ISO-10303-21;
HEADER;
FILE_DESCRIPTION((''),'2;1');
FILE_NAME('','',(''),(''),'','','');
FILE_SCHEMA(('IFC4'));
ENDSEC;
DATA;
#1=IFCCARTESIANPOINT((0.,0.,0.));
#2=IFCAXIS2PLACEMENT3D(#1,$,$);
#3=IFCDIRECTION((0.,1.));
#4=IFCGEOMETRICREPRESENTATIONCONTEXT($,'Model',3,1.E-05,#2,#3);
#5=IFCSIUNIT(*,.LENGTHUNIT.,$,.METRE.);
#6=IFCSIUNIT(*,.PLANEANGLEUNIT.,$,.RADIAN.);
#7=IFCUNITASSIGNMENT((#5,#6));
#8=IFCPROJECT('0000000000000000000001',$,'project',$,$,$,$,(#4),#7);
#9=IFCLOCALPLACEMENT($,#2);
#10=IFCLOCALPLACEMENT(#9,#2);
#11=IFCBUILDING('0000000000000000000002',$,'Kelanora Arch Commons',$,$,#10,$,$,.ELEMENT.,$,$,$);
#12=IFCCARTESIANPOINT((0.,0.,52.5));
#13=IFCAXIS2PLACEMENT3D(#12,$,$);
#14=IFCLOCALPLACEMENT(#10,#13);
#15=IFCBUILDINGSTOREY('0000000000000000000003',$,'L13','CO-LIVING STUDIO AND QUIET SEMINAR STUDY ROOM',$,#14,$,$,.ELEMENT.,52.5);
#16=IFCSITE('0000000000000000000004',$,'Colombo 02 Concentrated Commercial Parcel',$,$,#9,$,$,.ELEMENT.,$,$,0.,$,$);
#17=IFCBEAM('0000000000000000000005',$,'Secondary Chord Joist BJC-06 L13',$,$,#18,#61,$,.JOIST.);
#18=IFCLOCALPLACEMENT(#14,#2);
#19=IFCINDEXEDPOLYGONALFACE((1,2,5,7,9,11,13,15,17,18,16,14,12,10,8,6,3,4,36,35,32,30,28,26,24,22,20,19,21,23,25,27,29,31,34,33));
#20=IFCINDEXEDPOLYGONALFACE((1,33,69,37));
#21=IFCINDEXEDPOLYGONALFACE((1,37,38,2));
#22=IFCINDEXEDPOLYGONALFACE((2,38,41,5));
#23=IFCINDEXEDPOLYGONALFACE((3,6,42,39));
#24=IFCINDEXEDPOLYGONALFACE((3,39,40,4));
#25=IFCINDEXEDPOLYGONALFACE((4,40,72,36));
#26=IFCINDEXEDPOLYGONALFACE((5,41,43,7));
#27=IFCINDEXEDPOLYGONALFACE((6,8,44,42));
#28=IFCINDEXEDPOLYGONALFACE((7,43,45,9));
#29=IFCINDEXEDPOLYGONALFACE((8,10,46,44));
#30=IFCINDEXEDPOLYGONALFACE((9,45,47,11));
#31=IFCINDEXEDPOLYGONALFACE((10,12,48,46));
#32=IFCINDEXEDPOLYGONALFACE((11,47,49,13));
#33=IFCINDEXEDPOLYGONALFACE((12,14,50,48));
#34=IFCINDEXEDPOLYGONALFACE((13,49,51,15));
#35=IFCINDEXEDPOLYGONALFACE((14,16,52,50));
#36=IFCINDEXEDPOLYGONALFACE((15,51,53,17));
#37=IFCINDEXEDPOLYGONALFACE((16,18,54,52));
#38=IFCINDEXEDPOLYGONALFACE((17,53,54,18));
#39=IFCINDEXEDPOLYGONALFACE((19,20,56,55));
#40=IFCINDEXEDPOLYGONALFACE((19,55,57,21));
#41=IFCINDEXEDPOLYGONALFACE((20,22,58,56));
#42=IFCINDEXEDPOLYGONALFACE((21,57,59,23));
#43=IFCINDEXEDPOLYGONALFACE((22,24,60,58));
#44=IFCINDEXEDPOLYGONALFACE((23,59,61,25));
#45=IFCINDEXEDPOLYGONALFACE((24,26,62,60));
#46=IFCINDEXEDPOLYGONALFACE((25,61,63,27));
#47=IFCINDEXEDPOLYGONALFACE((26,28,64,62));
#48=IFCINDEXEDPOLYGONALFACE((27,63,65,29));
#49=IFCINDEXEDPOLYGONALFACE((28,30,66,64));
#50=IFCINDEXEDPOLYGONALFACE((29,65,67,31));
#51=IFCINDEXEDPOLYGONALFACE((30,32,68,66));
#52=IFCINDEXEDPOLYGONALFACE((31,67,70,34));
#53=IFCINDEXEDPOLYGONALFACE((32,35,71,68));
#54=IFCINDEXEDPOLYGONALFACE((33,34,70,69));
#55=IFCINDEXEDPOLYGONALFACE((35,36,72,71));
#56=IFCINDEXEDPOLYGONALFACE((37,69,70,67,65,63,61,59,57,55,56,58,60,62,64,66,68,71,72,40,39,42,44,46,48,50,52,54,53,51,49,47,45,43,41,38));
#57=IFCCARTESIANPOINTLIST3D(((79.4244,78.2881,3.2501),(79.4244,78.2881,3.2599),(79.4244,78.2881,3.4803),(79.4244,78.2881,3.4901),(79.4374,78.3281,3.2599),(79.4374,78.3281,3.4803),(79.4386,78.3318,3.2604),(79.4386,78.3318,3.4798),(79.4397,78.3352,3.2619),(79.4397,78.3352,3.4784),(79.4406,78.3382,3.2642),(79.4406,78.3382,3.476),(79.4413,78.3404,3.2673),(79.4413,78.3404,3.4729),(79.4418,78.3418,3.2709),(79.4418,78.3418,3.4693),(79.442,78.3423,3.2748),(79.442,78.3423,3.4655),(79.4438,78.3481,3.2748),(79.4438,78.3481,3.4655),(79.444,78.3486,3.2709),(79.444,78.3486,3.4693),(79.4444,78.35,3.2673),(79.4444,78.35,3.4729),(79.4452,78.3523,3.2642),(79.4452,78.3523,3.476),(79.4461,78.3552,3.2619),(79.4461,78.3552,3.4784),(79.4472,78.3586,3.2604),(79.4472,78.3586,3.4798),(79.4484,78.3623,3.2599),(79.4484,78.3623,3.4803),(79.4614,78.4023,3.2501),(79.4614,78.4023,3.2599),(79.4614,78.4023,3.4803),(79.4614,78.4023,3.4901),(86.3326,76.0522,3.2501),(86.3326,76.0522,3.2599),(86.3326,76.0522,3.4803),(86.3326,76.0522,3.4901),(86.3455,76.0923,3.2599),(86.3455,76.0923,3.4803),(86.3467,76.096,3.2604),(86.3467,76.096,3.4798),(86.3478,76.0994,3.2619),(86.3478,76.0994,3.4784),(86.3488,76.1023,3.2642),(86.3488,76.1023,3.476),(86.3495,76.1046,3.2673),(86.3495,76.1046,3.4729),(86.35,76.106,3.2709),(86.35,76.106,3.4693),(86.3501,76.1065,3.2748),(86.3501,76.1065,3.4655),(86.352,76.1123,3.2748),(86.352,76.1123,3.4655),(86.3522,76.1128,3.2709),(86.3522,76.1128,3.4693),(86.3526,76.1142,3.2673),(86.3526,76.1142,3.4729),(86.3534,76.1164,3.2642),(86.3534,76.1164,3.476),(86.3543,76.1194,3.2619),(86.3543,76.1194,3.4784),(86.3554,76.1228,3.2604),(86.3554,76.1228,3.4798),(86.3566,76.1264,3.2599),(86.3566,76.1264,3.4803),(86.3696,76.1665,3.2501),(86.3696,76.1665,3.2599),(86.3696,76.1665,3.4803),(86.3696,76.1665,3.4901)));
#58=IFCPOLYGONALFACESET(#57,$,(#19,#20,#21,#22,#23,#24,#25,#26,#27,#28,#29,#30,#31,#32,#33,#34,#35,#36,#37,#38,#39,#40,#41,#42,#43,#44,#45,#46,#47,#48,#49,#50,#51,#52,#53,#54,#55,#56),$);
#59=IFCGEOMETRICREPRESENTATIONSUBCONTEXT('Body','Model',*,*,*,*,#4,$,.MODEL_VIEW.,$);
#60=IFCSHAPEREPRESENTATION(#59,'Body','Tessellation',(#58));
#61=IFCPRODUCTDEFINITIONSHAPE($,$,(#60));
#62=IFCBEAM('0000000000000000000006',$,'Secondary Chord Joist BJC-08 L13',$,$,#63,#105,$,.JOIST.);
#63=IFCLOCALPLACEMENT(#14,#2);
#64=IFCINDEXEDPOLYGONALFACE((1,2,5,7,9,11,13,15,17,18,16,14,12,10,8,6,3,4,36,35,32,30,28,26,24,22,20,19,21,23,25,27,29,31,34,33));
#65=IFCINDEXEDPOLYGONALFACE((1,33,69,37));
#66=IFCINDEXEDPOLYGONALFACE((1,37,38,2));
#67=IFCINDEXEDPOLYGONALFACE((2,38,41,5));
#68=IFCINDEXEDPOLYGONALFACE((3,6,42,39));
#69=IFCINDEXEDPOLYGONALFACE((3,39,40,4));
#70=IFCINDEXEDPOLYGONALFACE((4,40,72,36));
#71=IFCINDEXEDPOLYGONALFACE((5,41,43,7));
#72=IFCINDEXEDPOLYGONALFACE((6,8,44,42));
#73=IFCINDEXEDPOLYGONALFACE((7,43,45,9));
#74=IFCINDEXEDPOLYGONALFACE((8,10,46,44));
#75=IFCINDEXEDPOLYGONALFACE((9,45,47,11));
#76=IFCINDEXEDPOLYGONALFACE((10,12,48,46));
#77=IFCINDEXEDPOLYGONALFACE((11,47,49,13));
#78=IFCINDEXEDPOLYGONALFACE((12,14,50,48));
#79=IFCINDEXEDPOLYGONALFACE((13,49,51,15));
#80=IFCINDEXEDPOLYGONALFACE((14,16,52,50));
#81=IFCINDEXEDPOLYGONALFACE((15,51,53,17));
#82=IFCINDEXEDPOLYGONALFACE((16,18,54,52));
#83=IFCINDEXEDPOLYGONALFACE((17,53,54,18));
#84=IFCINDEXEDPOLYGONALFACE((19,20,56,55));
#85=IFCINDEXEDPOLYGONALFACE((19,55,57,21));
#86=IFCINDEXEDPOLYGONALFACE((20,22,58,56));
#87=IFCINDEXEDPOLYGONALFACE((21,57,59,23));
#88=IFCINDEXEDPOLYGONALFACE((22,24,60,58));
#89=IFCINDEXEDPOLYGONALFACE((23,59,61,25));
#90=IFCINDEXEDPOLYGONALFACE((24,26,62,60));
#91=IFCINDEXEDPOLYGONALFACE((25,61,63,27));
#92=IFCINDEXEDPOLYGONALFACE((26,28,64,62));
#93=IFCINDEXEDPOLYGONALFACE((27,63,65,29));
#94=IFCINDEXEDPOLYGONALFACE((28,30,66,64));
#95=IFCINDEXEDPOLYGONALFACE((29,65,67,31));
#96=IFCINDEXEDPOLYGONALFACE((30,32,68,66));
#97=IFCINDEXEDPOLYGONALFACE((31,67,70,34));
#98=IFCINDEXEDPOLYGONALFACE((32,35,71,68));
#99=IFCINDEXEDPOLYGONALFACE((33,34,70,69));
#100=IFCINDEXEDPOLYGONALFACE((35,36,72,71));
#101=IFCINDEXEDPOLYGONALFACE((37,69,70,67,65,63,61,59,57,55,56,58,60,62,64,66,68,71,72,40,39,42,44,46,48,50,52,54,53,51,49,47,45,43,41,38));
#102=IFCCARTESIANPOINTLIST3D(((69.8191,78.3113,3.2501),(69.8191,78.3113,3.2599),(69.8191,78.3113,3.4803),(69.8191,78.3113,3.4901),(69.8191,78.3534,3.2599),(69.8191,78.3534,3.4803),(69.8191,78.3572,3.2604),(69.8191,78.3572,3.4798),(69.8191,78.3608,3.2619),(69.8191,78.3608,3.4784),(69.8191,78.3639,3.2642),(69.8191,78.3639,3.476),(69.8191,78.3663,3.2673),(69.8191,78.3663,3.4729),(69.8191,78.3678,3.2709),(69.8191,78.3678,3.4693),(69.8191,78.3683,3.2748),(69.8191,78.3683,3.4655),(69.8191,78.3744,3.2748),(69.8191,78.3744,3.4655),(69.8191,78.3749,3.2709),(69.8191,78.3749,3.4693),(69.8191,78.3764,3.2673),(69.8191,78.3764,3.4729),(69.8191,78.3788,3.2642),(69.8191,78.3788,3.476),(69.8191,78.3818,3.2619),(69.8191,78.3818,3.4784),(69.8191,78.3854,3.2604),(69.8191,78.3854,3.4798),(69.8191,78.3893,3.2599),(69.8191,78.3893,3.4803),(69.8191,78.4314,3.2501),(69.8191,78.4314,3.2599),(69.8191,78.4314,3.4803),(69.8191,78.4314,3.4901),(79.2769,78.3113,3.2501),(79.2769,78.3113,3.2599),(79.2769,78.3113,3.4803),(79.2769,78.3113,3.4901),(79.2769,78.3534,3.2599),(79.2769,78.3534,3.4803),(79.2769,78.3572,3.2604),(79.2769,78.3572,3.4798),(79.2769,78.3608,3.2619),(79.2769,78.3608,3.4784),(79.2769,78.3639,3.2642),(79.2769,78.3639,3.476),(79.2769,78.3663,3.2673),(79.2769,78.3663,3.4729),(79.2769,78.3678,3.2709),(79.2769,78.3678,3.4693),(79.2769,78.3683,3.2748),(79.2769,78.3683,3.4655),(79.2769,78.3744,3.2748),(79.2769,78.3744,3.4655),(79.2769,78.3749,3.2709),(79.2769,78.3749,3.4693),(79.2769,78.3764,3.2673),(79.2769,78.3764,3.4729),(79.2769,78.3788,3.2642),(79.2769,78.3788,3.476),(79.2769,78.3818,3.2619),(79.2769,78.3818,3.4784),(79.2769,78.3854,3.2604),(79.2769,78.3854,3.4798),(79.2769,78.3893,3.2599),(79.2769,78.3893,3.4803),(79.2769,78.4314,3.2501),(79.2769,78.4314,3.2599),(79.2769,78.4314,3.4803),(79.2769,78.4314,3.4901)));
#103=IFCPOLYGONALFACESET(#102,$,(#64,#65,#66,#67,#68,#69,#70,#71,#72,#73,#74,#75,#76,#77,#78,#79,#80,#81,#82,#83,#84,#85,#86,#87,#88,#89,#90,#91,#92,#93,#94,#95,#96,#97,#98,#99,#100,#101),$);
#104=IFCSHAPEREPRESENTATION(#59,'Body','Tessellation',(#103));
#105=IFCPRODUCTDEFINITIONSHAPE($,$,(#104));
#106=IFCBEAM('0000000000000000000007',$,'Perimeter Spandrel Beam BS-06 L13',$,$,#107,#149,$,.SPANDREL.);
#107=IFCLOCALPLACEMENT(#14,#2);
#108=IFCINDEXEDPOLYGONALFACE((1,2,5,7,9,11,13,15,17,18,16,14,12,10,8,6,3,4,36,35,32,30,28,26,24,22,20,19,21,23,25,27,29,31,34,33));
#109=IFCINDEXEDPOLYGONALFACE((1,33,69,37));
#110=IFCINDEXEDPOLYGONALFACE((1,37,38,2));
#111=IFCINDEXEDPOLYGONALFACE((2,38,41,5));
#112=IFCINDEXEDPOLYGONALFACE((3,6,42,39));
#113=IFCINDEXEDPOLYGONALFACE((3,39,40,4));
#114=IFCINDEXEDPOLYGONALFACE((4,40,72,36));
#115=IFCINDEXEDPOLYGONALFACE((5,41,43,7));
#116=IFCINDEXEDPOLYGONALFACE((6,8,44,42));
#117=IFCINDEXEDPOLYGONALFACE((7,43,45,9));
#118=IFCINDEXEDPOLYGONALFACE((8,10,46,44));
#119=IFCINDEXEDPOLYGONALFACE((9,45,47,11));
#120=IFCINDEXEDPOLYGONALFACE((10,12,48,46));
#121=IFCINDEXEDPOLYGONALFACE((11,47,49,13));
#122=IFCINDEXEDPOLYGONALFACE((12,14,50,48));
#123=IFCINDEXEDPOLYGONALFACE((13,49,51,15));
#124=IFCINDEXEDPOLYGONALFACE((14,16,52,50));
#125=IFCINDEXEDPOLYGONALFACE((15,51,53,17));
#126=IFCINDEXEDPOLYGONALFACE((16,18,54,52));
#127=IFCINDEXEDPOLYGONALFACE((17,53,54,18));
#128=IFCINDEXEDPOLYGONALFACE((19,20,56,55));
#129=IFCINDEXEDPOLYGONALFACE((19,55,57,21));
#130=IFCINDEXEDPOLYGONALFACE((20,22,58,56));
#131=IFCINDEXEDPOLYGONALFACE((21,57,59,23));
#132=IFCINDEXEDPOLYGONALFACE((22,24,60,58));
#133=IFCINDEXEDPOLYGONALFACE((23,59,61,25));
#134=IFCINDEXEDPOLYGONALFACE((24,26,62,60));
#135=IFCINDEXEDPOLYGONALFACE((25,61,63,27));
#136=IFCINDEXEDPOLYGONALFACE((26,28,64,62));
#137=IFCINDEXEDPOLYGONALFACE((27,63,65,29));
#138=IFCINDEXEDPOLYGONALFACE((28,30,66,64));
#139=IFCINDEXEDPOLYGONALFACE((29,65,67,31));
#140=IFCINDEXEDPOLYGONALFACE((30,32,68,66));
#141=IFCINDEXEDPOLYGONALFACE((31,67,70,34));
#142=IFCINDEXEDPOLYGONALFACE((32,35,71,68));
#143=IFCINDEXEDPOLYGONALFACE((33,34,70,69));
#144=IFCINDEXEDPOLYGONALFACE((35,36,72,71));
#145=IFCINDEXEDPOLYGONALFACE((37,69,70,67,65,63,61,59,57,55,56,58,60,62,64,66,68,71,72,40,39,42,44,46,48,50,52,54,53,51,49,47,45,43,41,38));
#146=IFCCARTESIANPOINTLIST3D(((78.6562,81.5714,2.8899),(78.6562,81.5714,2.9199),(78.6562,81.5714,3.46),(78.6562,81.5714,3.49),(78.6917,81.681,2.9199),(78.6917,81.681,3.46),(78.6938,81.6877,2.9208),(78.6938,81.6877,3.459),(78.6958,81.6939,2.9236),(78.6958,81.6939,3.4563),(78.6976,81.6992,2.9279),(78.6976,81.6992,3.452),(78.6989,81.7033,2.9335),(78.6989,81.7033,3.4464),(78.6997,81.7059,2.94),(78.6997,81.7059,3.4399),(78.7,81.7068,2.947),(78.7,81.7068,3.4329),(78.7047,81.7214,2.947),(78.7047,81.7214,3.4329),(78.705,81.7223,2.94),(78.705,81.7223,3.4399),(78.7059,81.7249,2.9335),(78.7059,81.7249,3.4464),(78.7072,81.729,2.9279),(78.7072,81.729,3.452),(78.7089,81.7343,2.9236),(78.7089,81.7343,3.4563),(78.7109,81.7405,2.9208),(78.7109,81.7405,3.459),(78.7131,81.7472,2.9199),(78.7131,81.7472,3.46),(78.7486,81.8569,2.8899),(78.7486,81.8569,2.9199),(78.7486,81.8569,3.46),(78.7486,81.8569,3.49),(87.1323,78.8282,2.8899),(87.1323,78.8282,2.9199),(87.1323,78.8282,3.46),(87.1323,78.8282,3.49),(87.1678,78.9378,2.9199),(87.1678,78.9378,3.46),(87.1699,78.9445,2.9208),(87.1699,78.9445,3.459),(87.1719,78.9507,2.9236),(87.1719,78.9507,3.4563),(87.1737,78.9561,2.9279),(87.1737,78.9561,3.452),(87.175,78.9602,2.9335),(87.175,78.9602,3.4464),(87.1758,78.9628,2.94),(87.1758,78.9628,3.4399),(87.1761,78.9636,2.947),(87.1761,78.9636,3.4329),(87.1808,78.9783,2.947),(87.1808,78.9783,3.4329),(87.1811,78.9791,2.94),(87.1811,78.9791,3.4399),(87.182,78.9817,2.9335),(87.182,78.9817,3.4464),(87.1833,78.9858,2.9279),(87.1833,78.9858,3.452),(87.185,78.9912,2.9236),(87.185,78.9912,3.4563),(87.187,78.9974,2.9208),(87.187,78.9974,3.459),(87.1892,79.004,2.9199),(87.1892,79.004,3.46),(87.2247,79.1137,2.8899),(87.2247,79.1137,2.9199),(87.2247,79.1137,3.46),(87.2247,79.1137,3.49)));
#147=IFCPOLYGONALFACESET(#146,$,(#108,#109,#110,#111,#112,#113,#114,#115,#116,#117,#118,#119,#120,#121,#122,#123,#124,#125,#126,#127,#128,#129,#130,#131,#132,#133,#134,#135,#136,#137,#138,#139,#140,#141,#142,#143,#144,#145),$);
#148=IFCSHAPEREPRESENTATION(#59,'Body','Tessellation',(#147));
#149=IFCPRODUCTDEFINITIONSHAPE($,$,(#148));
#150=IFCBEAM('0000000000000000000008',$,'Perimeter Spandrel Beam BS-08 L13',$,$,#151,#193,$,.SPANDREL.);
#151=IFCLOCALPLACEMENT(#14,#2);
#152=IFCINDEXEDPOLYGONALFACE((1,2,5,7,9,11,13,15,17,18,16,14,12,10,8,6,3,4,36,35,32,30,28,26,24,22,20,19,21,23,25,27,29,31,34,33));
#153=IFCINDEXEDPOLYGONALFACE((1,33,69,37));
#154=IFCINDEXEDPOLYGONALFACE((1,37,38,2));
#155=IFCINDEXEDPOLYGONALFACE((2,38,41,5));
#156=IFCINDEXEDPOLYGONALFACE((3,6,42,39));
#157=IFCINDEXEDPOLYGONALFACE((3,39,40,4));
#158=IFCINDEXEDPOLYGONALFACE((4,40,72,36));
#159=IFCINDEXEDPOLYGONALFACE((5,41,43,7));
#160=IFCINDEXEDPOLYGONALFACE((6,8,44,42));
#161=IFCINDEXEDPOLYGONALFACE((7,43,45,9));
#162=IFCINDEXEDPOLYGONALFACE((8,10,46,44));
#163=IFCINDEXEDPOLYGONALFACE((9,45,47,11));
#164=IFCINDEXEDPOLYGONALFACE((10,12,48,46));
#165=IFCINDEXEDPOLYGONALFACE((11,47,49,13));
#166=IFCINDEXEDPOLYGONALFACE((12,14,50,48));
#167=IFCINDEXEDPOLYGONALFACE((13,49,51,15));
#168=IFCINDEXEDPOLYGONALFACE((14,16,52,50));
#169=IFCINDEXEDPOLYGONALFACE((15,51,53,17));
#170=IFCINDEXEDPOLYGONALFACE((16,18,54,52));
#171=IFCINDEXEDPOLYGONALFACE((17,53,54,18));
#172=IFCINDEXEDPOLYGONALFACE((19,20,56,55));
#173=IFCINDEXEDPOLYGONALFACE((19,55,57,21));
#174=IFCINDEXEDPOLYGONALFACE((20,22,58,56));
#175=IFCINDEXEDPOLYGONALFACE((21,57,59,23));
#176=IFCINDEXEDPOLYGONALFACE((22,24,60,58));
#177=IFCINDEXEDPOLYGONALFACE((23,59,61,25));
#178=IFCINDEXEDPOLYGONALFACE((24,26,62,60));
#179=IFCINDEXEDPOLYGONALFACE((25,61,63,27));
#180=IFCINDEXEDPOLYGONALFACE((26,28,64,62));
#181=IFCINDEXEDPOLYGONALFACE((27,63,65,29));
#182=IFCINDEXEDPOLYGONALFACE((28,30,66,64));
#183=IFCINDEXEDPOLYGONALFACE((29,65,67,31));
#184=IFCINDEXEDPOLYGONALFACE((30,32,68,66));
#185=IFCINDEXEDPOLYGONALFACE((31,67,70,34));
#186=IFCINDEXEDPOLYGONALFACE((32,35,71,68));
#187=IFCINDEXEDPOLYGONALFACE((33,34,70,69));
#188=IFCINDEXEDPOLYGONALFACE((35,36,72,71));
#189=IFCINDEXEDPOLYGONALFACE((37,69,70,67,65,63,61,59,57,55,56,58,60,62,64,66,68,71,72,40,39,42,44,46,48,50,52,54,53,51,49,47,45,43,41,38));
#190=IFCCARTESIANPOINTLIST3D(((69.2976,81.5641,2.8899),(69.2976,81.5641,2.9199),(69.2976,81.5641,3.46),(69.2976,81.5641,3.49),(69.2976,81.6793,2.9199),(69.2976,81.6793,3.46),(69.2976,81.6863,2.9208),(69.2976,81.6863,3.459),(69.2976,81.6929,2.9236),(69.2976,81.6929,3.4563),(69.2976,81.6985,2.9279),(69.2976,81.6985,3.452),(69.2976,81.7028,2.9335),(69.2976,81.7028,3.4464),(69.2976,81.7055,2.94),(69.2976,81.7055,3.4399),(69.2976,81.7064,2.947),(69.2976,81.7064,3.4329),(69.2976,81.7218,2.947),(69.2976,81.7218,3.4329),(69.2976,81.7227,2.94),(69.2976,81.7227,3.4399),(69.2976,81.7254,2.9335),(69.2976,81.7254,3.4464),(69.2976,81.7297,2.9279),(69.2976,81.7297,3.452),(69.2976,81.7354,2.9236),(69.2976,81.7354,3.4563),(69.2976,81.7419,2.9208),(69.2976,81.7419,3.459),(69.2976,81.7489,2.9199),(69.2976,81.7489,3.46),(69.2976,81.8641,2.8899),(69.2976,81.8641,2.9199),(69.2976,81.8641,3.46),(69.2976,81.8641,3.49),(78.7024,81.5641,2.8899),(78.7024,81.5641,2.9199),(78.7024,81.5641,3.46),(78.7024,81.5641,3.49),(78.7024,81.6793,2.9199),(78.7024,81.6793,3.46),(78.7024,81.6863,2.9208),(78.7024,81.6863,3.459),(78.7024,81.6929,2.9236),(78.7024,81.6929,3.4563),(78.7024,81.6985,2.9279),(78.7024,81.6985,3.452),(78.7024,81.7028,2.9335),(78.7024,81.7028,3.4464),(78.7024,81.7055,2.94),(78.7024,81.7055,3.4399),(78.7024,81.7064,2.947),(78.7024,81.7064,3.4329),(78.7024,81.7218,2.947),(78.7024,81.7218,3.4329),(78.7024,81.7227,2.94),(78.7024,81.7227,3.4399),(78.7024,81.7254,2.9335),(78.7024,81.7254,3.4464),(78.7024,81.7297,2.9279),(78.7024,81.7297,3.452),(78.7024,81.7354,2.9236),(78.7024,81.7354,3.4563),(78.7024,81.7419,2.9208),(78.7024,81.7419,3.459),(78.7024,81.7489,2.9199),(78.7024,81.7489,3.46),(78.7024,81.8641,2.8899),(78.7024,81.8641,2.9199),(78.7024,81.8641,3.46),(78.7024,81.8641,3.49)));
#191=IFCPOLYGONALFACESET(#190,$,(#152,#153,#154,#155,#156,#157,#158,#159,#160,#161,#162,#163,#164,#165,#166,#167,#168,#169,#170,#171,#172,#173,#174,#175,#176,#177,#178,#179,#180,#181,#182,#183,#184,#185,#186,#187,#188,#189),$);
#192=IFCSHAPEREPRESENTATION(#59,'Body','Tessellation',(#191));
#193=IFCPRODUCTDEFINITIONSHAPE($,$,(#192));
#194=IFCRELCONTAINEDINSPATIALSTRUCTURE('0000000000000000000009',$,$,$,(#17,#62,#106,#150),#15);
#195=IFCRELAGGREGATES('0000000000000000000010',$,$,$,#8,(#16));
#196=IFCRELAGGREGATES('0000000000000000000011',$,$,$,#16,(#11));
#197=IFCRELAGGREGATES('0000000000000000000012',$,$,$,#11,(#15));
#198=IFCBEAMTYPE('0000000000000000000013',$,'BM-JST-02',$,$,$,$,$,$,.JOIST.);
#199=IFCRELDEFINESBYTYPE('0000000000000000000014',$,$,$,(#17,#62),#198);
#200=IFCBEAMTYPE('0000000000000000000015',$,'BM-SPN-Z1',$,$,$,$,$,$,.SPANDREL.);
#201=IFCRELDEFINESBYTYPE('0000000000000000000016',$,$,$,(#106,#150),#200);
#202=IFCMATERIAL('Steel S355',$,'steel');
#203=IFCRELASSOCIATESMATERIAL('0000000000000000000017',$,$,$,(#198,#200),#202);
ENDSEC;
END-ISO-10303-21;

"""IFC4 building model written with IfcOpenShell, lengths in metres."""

from ifc_helpers import new_model, si_unit, direction, frame, origin, origin_2d, place, context, subcontext, project, spatial, i_section, extrude, material, material_profile, profile_set, type_object, element, save


model = new_model("IFC4")

# Units and contexts
model_context = context("Model", 3, precision=1e-05, world=origin(), true_north=direction((0.0, 1.0)))
body_context = subcontext(model_context, "Body", "Model", "MODEL_VIEW")
ifc_project = project(units=[si_unit("LENGTHUNIT", "METRE"), si_unit("PLANEANGLEUNIT", "RADIAN")], contexts=[model_context])

# Site, building, storey
site_placement = place(None, origin())
site = spatial("IfcSite", under=ifc_project, at=site_placement, Name="Colombo 02 Concentrated Commercial Parcel", CompositionType="ELEMENT", RefElevation=0.0)
building_placement = place(site_placement, origin())
building = spatial("IfcBuilding", under=site, at=building_placement, Name="Kelanora Arch Commons", CompositionType="ELEMENT")
storey_placement = place(building_placement, frame((0.0, 0.0, 52.5)))
storey = spatial("IfcBuildingStorey", under=building, at=storey_placement, Name="L13", Description="CO-LIVING STUDIO AND QUIET SEMINAR STUDY ROOM", CompositionType="ELEMENT", Elevation=52.5)

# Beams
ifc_material_1 = material(Name="Steel S355", Category="steel")
ifc_material_profile_1 = material_profile(ifc_material_1, i_section(OverallWidth=0.1201, OverallDepth=0.24, WebThickness=0.0061, FlangeThickness=0.0098, FilletRadius=0.0149, at=origin_2d()), Name="IPE240")
ifc_profile_set_1 = profile_set([ifc_material_profile_1], Name="Steel S355")
beam_type_1 = type_object("IfcBeamType", Name="BM-JST-02", PredefinedType="JOIST", material=ifc_profile_set_1)
beam_1_placement = place(storey_placement, frame((86.3511, 76.1094, 3.3701), z_axis=(-0.951411, 0.307924, 0.0), x_axis=(-0.307924, -0.951411, 0.0)))
element("IfcBeam", 1, at=beam_1_placement, inside=storey, type_object=beam_type_1, Name="Secondary Chord Joist BJC-06 L13", PredefinedType="JOIST", context=body_context, shape_type="SweptSolid", body=[
    extrude(i_section(OverallWidth=0.1201, OverallDepth=0.24, WebThickness=0.0061, FlangeThickness=0.0098, FilletRadius=0.0149, at=origin_2d()), origin(), (0.0, 0.0, 1.0), 7.261),
])
beam_2_placement = place(storey_placement, frame((79.2769, 78.3713, 3.3701), z_axis=(-1.0, 0.0, 0.0), x_axis=(0.0, -1.0, 0.0)))
element("IfcBeam", 2, at=beam_2_placement, inside=storey, type_object=beam_type_1, Name="Secondary Chord Joist BJC-08 L13", PredefinedType="JOIST", context=body_context, shape_type="SweptSolid", body=[
    extrude(i_section(OverallWidth=0.1201, OverallDepth=0.24, WebThickness=0.0061, FlangeThickness=0.0098, FilletRadius=0.0149, at=origin_2d()), origin(), (0.0, 0.0, 1.0), 9.4578),
])
ifc_material_profile_2 = material_profile(ifc_material_1, i_section(OverallWidth=0.3, OverallDepth=0.6001, WebThickness=0.0154, FlangeThickness=0.03, FilletRadius=0.0271, at=origin_2d()), Name="HEB600")
ifc_profile_set_2 = profile_set([ifc_material_profile_2], Name="Steel S355")
beam_type_2 = type_object("IfcBeamType", Name="BM-SPN-Z1", PredefinedType="SPANDREL", material=ifc_profile_set_2)
beam_3_placement = place(storey_placement, frame((87.1785, 78.9709, 3.1899), z_axis=(-0.951415, 0.307912, 0.0), x_axis=(-0.307912, -0.951415, 0.0)))
element("IfcBeam", 3, at=beam_3_placement, inside=storey, type_object=beam_type_2, Name="Perimeter Spandrel Beam BS-06 L13", PredefinedType="SPANDREL", context=body_context, shape_type="SweptSolid", body=[
    extrude(i_section(OverallWidth=0.3, OverallDepth=0.6001, WebThickness=0.0154, FlangeThickness=0.03, FilletRadius=0.0271, at=origin_2d()), origin(), (0.0, 0.0, 1.0), 8.9089),
])
beam_4_placement = place(storey_placement, frame((78.7024, 81.7141, 3.1899), z_axis=(-1.0, 0.0, 0.0), x_axis=(0.0, -1.0, 0.0)))
element("IfcBeam", 4, at=beam_4_placement, inside=storey, type_object=beam_type_2, Name="Perimeter Spandrel Beam BS-08 L13", PredefinedType="SPANDREL", context=body_context, shape_type="SweptSolid", body=[
    extrude(i_section(OverallWidth=0.3, OverallDepth=0.6001, WebThickness=0.0154, FlangeThickness=0.03, FilletRadius=0.0271, at=origin_2d()), origin(), (0.0, 0.0, 1.0), 9.4048),
])

save(model, "model.ifc")
